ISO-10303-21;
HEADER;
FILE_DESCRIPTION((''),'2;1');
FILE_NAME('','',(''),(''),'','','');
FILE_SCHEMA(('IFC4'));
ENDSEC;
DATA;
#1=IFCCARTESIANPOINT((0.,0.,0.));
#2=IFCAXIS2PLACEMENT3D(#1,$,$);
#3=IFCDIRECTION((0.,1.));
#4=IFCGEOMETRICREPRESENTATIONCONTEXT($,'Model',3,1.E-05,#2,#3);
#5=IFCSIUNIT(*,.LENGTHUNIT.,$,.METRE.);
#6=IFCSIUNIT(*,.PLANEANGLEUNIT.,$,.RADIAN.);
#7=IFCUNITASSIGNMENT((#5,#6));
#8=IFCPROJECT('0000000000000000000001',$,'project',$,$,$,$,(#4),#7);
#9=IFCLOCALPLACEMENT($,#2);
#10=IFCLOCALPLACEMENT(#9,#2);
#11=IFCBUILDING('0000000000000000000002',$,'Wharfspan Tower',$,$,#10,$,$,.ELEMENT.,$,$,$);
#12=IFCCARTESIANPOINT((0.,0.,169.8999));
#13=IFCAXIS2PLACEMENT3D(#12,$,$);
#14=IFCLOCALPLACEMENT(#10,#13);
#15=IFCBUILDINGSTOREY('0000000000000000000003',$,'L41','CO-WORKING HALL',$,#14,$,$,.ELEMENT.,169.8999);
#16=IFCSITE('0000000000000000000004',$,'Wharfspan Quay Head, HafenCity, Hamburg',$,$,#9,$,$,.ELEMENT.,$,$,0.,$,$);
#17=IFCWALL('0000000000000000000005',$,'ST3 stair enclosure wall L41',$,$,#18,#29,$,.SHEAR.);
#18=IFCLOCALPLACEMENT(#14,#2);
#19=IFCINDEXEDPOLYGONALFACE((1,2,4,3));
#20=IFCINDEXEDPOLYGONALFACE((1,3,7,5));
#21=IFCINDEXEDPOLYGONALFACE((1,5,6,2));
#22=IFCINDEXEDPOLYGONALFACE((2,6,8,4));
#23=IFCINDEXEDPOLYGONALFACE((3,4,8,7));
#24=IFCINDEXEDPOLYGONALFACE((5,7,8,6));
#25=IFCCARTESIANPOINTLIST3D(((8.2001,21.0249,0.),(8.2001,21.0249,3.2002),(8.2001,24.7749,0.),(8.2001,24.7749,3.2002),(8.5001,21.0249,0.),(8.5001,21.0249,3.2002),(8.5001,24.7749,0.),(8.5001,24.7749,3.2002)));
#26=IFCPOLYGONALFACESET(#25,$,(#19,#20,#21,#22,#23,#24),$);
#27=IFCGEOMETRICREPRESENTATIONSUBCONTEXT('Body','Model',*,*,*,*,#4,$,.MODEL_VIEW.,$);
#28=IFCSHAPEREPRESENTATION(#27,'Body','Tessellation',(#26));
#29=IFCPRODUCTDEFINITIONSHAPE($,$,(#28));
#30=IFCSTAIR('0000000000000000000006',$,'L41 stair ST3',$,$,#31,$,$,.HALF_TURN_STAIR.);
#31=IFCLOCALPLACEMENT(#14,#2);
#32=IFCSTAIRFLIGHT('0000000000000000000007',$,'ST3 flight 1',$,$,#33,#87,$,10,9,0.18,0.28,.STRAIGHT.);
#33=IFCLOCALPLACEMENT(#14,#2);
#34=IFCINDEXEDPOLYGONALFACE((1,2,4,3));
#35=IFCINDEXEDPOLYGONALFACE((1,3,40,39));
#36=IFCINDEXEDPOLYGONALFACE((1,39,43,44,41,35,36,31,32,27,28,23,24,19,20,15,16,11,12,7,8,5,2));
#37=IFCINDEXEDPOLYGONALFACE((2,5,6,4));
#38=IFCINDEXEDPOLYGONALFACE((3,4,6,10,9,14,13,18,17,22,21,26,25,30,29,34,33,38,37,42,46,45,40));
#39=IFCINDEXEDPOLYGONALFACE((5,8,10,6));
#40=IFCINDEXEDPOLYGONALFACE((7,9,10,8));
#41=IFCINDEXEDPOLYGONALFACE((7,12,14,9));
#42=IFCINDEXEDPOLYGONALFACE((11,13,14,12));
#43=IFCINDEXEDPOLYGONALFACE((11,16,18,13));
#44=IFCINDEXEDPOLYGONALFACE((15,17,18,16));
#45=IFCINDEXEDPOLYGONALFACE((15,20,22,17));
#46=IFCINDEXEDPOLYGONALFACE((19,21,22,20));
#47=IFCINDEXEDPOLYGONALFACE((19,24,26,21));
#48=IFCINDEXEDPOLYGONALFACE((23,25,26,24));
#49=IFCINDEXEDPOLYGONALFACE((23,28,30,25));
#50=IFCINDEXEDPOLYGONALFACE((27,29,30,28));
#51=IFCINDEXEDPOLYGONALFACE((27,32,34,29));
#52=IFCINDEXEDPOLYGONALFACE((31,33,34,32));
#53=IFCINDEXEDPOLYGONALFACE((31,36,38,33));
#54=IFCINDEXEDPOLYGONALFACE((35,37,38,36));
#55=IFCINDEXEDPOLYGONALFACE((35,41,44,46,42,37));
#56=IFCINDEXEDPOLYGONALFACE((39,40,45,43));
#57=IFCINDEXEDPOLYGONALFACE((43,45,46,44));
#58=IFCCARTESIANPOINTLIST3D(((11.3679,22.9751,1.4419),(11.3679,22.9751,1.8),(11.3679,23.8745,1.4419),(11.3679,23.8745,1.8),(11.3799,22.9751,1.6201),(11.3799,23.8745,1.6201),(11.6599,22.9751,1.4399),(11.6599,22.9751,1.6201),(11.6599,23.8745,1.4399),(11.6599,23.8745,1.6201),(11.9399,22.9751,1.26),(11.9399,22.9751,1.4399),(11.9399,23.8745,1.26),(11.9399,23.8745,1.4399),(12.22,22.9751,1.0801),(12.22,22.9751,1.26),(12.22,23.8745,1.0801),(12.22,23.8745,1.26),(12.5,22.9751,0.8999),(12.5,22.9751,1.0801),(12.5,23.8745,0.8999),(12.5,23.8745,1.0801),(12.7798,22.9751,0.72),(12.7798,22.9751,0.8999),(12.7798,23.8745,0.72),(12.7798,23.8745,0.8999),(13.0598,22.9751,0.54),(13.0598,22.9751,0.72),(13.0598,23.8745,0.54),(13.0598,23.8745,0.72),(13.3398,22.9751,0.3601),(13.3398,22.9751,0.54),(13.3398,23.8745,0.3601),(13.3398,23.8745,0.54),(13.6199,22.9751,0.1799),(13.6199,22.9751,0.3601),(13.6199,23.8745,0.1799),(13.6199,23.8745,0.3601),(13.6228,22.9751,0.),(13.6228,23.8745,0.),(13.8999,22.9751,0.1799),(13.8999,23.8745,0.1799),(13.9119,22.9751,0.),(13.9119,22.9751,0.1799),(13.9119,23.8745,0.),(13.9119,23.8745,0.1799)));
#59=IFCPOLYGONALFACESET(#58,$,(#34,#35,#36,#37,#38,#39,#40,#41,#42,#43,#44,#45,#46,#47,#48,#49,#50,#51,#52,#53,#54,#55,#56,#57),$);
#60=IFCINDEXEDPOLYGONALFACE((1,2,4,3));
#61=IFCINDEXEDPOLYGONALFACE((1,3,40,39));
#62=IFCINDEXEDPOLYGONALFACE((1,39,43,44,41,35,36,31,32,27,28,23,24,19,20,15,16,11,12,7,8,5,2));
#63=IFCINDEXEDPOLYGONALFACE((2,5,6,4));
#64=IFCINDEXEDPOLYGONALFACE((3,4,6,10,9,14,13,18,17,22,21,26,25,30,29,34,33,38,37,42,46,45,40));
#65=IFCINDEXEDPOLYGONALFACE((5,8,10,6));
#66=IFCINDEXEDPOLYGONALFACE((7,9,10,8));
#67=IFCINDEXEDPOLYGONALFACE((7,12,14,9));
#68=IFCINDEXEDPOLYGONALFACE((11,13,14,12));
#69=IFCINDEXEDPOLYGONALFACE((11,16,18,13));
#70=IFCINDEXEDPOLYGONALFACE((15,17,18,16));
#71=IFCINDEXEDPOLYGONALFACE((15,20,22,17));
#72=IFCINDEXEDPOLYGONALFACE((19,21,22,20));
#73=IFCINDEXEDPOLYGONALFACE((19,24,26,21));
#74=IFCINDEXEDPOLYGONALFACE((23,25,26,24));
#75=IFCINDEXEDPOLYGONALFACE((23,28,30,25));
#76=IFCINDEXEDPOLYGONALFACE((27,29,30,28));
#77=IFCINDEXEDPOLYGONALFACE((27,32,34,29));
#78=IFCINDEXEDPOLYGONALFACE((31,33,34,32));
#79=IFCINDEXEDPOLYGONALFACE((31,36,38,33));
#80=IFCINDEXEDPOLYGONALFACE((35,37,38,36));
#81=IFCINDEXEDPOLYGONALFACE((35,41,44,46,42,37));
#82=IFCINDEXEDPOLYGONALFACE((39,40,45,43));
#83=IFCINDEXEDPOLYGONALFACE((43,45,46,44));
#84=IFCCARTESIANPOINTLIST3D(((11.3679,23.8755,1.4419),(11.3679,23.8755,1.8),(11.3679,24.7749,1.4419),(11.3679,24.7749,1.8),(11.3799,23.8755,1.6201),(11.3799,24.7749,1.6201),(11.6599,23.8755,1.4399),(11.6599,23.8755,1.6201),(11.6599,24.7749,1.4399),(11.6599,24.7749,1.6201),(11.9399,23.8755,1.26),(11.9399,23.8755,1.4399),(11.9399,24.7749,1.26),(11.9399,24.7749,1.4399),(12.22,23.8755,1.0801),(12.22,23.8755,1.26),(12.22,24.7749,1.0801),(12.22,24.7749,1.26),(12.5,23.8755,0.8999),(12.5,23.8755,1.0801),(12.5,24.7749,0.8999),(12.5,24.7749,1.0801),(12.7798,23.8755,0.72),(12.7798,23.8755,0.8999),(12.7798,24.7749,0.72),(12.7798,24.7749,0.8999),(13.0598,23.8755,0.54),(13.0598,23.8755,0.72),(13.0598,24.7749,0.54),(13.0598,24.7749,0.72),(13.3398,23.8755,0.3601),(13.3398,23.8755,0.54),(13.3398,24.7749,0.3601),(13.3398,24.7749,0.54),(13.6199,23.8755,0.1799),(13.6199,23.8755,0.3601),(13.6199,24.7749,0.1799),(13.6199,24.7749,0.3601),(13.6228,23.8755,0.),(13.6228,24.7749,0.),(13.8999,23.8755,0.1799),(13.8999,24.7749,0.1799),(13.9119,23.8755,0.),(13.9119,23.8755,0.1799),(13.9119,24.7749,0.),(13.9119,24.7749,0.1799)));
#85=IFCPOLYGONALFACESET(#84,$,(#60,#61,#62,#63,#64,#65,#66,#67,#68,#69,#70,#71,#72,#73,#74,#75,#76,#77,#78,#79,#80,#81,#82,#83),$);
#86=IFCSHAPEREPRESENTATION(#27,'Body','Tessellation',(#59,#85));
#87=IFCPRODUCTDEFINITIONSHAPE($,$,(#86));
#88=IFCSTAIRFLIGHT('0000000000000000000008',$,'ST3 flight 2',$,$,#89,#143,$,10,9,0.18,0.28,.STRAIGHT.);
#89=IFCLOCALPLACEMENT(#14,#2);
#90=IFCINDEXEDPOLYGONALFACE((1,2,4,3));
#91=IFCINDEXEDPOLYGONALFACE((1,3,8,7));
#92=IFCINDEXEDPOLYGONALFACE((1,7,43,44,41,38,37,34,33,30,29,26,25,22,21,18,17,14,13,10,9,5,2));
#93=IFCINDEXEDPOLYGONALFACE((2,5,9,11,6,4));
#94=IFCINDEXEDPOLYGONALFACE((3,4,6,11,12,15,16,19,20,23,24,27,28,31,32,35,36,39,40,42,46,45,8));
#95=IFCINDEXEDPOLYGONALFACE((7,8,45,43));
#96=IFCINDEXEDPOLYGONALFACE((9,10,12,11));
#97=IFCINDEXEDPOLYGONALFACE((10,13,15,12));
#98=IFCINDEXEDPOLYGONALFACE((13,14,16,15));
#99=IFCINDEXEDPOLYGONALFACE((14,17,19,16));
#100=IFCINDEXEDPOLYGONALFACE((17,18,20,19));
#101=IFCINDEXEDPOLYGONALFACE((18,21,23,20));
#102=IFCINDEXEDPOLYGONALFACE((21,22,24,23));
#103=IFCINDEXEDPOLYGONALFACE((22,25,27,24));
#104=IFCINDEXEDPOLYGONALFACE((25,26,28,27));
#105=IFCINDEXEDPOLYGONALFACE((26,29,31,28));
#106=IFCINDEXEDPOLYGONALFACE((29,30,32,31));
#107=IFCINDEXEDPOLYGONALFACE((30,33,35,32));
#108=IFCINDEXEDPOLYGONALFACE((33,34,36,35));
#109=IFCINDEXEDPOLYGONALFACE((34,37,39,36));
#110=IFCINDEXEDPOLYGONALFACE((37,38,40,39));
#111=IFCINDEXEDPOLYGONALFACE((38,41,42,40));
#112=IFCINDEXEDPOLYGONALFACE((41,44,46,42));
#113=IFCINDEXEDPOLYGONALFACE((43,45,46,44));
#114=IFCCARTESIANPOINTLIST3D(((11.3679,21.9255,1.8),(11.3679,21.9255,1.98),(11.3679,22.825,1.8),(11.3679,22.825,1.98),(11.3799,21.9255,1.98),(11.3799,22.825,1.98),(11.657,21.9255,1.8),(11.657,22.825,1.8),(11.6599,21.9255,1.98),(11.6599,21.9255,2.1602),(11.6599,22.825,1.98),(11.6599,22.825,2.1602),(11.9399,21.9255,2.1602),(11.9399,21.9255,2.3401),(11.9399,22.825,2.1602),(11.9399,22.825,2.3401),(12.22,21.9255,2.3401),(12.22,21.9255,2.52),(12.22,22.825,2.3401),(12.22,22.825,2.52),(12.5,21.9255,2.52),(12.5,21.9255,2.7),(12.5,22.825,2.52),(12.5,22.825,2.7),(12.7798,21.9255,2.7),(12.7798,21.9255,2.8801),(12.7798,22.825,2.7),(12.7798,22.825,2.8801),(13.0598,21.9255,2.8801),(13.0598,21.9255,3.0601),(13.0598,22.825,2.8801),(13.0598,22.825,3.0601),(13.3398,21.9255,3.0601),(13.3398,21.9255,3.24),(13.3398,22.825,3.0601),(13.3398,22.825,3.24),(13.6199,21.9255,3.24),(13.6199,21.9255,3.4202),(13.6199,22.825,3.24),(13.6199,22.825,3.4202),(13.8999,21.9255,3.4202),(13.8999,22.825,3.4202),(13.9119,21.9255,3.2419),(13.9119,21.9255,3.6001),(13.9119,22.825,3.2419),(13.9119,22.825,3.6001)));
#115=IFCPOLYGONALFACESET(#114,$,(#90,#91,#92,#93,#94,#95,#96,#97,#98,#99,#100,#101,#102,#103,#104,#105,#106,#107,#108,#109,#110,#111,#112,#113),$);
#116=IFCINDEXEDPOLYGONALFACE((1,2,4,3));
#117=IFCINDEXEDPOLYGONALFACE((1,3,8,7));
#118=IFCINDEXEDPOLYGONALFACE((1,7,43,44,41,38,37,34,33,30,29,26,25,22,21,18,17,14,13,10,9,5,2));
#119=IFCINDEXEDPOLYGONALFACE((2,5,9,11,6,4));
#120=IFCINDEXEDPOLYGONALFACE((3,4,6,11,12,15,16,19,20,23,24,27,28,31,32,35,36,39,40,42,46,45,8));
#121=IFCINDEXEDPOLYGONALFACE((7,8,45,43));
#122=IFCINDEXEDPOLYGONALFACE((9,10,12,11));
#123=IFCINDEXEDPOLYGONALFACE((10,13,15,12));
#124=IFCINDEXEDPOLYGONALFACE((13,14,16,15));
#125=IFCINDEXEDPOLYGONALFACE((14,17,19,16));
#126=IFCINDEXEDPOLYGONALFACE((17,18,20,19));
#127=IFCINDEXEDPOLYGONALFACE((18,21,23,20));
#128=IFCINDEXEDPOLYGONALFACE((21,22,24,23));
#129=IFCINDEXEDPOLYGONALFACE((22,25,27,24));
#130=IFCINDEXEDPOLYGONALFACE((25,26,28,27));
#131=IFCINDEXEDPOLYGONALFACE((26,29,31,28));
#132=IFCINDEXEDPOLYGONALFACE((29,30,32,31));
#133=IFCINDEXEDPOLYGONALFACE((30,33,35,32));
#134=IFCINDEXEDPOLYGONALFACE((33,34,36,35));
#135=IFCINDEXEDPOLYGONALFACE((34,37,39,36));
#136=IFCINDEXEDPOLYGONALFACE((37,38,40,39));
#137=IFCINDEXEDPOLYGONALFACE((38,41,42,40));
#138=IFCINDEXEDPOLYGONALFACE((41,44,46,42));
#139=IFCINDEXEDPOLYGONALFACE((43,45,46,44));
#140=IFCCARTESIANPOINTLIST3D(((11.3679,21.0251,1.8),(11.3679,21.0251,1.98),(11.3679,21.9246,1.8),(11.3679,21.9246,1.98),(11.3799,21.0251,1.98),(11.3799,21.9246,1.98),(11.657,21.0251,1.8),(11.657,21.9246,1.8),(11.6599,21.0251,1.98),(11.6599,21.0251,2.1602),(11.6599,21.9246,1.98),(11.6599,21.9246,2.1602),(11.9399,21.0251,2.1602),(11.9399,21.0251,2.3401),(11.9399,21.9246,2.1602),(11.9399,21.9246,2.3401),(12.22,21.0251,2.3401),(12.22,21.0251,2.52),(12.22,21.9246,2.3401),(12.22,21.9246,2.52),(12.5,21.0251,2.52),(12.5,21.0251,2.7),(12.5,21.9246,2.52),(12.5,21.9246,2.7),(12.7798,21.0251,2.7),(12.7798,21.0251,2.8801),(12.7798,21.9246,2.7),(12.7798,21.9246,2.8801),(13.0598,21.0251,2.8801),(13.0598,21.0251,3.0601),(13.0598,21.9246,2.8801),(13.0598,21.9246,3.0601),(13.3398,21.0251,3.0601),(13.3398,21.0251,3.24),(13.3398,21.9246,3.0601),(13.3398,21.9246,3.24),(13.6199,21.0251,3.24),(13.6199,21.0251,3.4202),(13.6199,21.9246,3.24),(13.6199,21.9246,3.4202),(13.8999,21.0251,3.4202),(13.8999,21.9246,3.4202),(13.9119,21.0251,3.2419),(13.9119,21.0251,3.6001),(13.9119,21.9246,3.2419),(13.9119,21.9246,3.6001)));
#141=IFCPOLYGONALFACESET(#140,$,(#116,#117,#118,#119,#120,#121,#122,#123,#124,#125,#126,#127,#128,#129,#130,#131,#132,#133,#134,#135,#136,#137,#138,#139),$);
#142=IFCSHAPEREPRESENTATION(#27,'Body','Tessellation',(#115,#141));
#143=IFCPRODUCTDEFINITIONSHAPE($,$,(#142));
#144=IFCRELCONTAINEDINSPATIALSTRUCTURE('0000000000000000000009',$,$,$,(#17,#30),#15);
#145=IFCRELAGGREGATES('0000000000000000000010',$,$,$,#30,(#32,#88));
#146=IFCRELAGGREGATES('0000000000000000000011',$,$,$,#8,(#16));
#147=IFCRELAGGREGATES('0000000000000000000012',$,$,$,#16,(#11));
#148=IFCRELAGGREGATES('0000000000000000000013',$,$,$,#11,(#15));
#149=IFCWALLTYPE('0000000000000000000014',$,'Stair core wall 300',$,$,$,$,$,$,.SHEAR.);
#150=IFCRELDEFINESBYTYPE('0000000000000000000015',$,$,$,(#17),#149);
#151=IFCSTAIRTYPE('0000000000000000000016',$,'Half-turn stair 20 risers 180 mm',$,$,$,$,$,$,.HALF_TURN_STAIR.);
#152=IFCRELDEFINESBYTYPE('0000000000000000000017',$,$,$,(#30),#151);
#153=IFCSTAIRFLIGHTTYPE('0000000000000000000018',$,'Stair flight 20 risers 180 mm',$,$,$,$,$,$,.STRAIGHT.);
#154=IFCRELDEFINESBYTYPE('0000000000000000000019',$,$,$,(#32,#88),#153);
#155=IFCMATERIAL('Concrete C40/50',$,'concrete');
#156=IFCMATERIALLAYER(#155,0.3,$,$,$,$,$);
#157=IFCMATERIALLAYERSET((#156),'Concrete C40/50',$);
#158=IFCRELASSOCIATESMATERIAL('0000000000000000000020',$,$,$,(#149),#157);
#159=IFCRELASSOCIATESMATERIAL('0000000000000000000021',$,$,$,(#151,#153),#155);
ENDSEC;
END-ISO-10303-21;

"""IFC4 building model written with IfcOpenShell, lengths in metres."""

from ifc_helpers import new_model, si_unit, direction, frame, frame_2d, origin, place, context, subcontext, project, spatial, polyline, rectangle, outline, extrude, material, layer, layer_set, type_object, element, aggregate, save


model = new_model("IFC4")

# Units and contexts
model_context = context("Model", 3, precision=1e-05, world=origin(), true_north=direction((0.0, 1.0)))
body_context = subcontext(model_context, "Body", "Model", "MODEL_VIEW")
ifc_project = project(units=[si_unit("LENGTHUNIT", "METRE"), si_unit("PLANEANGLEUNIT", "RADIAN")], contexts=[model_context])

# Site, building, storey
site_placement = place(None, origin())
site = spatial("IfcSite", under=ifc_project, at=site_placement, Name="Wharfspan Quay Head, HafenCity, Hamburg", CompositionType="ELEMENT", RefElevation=0.0)
building_placement = place(site_placement, origin())
building = spatial("IfcBuilding", under=site, at=building_placement, Name="Wharfspan Tower", CompositionType="ELEMENT")
storey_placement = place(building_placement, frame((0.0, 0.0, 169.8999)))
storey = spatial("IfcBuildingStorey", under=building, at=storey_placement, Name="L41", Description="CO-WORKING HALL", CompositionType="ELEMENT", Elevation=169.8999)

# Shared definitions
ifc_material_1 = material(Name="Concrete C40/50", Category="concrete")
ifc_layer_1 = layer(ifc_material_1, 0.3)
ifc_layer_set_1 = layer_set([ifc_layer_1], Name="Concrete C40/50")
wall_type_1 = type_object("IfcWallType", Name="Stair core wall 300", PredefinedType="SHEAR", material=ifc_layer_set_1)

# Wall
wall_1_placement = place(storey_placement, frame((8.3501, 21.0249, 0.0), z_axis=(0.0, 0.0, 1.0), x_axis=(0.0, 1.0, 0.0)))
element("IfcWall", 1, at=wall_1_placement, inside=storey, type_object=wall_type_1, Name="ST3 stair enclosure wall L41", PredefinedType="SHEAR", context=body_context, shape_type="SweptSolid", body=[
    extrude(rectangle(XDim=3.75, YDim=0.3, at=frame_2d((1.875, 0.0))), origin(), (0.0, 0.0, 1.0), 3.2002),
])

# Stair, stair flights
stair_type = type_object("IfcStairType", Name="Half-turn stair 20 risers 180 mm", PredefinedType="HALF_TURN_STAIR", material=ifc_material_1)
stair_placement = place(storey_placement, origin())
stair = element("IfcStair", 2, at=stair_placement, inside=storey, type_object=stair_type, Name="L41 stair ST3", PredefinedType="HALF_TURN_STAIR")
stair_flight_type = type_object("IfcStairFlightType", Name="Stair flight 20 risers 180 mm", PredefinedType="STRAIGHT", material=ifc_material_1)
stair_flight_1_placement = place(storey_placement, frame((13.8999, 23.875, 0.0), z_axis=(0.0, 0.0, 1.0), x_axis=(-1.0, 0.0, 0.0)))
stair_flight_1 = element("IfcStairFlight", 3, at=stair_flight_1_placement, type_object=stair_flight_type, Name="ST3 flight 1", NumberOfRisers=10, NumberOfTreads=9, PredefinedType="STRAIGHT", RiserHeight=0.18, TreadLength=0.28, context=body_context, shape_type="SweptSolid", body=[
    extrude(outline(polyline([(-0.012, 0.0), (-0.012, 0.1799), (0.0, 0.1799), (0.28, 0.1799), (0.28, 0.3601), (0.5601, 0.3601), (0.5601, 0.54), (0.8401, 0.54), (0.8401, 0.72), (1.1201, 0.72), (1.1201, 0.8999), (1.3999, 0.8999), (1.3999, 1.0801), (1.6799, 1.0801), (1.6799, 1.26), (1.96, 1.26), (1.96, 1.4399), (2.24, 1.4399), (2.24, 1.6201), (2.52, 1.6201), (2.532, 1.8), (2.532, 1.4419), (0.2771, 0.0), (-0.012, 0.0)])), frame((0.0, 0.8999, 0.0), z_axis=(0.0, -1.0, 0.0), x_axis=(1.0, 0.0, 0.0)), (0.0, 0.0, 1.0), 0.8994),
    extrude(outline(polyline([(-0.012, 0.0), (-0.012, 0.1799), (0.0, 0.1799), (0.28, 0.1799), (0.28, 0.3601), (0.5601, 0.3601), (0.5601, 0.54), (0.8401, 0.54), (0.8401, 0.72), (1.1201, 0.72), (1.1201, 0.8999), (1.3999, 0.8999), (1.3999, 1.0801), (1.6799, 1.0801), (1.6799, 1.26), (1.96, 1.26), (1.96, 1.4399), (2.24, 1.4399), (2.24, 1.6201), (2.52, 1.6201), (2.532, 1.8), (2.532, 1.4419), (0.2771, 0.0), (-0.012, 0.0)])), frame((0.0, -0.0005, 0.0), z_axis=(0.0, -1.0, 0.0), x_axis=(1.0, 0.0, 0.0)), (0.0, 0.0, 1.0), 0.8994),
])
stair_flight_2_placement = place(storey_placement, frame((11.3799, 21.925, 1.8), z_axis=(0.0, 0.0, 1.0), x_axis=(1.0, 0.0, 0.0)))
stair_flight_2 = element("IfcStairFlight", 4, at=stair_flight_2_placement, type_object=stair_flight_type, Name="ST3 flight 2", NumberOfRisers=10, NumberOfTreads=9, PredefinedType="STRAIGHT", RiserHeight=0.18, TreadLength=0.28, context=body_context, shape_type="SweptSolid", body=[
    extrude(outline(polyline([(-0.012, 0.0), (-0.012, 0.1799), (0.0, 0.1799), (0.28, 0.1799), (0.28, 0.3601), (0.5601, 0.3601), (0.5601, 0.54), (0.8401, 0.54), (0.8401, 0.72), (1.1201, 0.72), (1.1201, 0.8999), (1.3999, 0.8999), (1.3999, 1.0801), (1.6799, 1.0801), (1.6799, 1.26), (1.96, 1.26), (1.96, 1.4399), (2.24, 1.4399), (2.24, 1.6201), (2.52, 1.6201), (2.532, 1.8), (2.532, 1.4419), (0.2771, 0.0), (-0.012, 0.0)])), frame((0.0, 0.8999, 0.0), z_axis=(0.0, -1.0, 0.0), x_axis=(1.0, 0.0, 0.0)), (0.0, 0.0, 1.0), 0.8994),
    extrude(outline(polyline([(-0.012, 0.0), (-0.012, 0.1799), (0.0, 0.1799), (0.28, 0.1799), (0.28, 0.3601), (0.5601, 0.3601), (0.5601, 0.54), (0.8401, 0.54), (0.8401, 0.72), (1.1201, 0.72), (1.1201, 0.8999), (1.3999, 0.8999), (1.3999, 1.0801), (1.6799, 1.0801), (1.6799, 1.26), (1.96, 1.26), (1.96, 1.4399), (2.24, 1.4399), (2.24, 1.6201), (2.52, 1.6201), (2.532, 1.8), (2.532, 1.4419), (0.2771, 0.0), (-0.012, 0.0)])), frame((0.0, -0.0005, 0.0), z_axis=(0.0, -1.0, 0.0), x_axis=(1.0, 0.0, 0.0)), (0.0, 0.0, 1.0), 0.8994),
])
aggregate(stair, [stair_flight_1, stair_flight_2])

save(model, "model.ifc")
